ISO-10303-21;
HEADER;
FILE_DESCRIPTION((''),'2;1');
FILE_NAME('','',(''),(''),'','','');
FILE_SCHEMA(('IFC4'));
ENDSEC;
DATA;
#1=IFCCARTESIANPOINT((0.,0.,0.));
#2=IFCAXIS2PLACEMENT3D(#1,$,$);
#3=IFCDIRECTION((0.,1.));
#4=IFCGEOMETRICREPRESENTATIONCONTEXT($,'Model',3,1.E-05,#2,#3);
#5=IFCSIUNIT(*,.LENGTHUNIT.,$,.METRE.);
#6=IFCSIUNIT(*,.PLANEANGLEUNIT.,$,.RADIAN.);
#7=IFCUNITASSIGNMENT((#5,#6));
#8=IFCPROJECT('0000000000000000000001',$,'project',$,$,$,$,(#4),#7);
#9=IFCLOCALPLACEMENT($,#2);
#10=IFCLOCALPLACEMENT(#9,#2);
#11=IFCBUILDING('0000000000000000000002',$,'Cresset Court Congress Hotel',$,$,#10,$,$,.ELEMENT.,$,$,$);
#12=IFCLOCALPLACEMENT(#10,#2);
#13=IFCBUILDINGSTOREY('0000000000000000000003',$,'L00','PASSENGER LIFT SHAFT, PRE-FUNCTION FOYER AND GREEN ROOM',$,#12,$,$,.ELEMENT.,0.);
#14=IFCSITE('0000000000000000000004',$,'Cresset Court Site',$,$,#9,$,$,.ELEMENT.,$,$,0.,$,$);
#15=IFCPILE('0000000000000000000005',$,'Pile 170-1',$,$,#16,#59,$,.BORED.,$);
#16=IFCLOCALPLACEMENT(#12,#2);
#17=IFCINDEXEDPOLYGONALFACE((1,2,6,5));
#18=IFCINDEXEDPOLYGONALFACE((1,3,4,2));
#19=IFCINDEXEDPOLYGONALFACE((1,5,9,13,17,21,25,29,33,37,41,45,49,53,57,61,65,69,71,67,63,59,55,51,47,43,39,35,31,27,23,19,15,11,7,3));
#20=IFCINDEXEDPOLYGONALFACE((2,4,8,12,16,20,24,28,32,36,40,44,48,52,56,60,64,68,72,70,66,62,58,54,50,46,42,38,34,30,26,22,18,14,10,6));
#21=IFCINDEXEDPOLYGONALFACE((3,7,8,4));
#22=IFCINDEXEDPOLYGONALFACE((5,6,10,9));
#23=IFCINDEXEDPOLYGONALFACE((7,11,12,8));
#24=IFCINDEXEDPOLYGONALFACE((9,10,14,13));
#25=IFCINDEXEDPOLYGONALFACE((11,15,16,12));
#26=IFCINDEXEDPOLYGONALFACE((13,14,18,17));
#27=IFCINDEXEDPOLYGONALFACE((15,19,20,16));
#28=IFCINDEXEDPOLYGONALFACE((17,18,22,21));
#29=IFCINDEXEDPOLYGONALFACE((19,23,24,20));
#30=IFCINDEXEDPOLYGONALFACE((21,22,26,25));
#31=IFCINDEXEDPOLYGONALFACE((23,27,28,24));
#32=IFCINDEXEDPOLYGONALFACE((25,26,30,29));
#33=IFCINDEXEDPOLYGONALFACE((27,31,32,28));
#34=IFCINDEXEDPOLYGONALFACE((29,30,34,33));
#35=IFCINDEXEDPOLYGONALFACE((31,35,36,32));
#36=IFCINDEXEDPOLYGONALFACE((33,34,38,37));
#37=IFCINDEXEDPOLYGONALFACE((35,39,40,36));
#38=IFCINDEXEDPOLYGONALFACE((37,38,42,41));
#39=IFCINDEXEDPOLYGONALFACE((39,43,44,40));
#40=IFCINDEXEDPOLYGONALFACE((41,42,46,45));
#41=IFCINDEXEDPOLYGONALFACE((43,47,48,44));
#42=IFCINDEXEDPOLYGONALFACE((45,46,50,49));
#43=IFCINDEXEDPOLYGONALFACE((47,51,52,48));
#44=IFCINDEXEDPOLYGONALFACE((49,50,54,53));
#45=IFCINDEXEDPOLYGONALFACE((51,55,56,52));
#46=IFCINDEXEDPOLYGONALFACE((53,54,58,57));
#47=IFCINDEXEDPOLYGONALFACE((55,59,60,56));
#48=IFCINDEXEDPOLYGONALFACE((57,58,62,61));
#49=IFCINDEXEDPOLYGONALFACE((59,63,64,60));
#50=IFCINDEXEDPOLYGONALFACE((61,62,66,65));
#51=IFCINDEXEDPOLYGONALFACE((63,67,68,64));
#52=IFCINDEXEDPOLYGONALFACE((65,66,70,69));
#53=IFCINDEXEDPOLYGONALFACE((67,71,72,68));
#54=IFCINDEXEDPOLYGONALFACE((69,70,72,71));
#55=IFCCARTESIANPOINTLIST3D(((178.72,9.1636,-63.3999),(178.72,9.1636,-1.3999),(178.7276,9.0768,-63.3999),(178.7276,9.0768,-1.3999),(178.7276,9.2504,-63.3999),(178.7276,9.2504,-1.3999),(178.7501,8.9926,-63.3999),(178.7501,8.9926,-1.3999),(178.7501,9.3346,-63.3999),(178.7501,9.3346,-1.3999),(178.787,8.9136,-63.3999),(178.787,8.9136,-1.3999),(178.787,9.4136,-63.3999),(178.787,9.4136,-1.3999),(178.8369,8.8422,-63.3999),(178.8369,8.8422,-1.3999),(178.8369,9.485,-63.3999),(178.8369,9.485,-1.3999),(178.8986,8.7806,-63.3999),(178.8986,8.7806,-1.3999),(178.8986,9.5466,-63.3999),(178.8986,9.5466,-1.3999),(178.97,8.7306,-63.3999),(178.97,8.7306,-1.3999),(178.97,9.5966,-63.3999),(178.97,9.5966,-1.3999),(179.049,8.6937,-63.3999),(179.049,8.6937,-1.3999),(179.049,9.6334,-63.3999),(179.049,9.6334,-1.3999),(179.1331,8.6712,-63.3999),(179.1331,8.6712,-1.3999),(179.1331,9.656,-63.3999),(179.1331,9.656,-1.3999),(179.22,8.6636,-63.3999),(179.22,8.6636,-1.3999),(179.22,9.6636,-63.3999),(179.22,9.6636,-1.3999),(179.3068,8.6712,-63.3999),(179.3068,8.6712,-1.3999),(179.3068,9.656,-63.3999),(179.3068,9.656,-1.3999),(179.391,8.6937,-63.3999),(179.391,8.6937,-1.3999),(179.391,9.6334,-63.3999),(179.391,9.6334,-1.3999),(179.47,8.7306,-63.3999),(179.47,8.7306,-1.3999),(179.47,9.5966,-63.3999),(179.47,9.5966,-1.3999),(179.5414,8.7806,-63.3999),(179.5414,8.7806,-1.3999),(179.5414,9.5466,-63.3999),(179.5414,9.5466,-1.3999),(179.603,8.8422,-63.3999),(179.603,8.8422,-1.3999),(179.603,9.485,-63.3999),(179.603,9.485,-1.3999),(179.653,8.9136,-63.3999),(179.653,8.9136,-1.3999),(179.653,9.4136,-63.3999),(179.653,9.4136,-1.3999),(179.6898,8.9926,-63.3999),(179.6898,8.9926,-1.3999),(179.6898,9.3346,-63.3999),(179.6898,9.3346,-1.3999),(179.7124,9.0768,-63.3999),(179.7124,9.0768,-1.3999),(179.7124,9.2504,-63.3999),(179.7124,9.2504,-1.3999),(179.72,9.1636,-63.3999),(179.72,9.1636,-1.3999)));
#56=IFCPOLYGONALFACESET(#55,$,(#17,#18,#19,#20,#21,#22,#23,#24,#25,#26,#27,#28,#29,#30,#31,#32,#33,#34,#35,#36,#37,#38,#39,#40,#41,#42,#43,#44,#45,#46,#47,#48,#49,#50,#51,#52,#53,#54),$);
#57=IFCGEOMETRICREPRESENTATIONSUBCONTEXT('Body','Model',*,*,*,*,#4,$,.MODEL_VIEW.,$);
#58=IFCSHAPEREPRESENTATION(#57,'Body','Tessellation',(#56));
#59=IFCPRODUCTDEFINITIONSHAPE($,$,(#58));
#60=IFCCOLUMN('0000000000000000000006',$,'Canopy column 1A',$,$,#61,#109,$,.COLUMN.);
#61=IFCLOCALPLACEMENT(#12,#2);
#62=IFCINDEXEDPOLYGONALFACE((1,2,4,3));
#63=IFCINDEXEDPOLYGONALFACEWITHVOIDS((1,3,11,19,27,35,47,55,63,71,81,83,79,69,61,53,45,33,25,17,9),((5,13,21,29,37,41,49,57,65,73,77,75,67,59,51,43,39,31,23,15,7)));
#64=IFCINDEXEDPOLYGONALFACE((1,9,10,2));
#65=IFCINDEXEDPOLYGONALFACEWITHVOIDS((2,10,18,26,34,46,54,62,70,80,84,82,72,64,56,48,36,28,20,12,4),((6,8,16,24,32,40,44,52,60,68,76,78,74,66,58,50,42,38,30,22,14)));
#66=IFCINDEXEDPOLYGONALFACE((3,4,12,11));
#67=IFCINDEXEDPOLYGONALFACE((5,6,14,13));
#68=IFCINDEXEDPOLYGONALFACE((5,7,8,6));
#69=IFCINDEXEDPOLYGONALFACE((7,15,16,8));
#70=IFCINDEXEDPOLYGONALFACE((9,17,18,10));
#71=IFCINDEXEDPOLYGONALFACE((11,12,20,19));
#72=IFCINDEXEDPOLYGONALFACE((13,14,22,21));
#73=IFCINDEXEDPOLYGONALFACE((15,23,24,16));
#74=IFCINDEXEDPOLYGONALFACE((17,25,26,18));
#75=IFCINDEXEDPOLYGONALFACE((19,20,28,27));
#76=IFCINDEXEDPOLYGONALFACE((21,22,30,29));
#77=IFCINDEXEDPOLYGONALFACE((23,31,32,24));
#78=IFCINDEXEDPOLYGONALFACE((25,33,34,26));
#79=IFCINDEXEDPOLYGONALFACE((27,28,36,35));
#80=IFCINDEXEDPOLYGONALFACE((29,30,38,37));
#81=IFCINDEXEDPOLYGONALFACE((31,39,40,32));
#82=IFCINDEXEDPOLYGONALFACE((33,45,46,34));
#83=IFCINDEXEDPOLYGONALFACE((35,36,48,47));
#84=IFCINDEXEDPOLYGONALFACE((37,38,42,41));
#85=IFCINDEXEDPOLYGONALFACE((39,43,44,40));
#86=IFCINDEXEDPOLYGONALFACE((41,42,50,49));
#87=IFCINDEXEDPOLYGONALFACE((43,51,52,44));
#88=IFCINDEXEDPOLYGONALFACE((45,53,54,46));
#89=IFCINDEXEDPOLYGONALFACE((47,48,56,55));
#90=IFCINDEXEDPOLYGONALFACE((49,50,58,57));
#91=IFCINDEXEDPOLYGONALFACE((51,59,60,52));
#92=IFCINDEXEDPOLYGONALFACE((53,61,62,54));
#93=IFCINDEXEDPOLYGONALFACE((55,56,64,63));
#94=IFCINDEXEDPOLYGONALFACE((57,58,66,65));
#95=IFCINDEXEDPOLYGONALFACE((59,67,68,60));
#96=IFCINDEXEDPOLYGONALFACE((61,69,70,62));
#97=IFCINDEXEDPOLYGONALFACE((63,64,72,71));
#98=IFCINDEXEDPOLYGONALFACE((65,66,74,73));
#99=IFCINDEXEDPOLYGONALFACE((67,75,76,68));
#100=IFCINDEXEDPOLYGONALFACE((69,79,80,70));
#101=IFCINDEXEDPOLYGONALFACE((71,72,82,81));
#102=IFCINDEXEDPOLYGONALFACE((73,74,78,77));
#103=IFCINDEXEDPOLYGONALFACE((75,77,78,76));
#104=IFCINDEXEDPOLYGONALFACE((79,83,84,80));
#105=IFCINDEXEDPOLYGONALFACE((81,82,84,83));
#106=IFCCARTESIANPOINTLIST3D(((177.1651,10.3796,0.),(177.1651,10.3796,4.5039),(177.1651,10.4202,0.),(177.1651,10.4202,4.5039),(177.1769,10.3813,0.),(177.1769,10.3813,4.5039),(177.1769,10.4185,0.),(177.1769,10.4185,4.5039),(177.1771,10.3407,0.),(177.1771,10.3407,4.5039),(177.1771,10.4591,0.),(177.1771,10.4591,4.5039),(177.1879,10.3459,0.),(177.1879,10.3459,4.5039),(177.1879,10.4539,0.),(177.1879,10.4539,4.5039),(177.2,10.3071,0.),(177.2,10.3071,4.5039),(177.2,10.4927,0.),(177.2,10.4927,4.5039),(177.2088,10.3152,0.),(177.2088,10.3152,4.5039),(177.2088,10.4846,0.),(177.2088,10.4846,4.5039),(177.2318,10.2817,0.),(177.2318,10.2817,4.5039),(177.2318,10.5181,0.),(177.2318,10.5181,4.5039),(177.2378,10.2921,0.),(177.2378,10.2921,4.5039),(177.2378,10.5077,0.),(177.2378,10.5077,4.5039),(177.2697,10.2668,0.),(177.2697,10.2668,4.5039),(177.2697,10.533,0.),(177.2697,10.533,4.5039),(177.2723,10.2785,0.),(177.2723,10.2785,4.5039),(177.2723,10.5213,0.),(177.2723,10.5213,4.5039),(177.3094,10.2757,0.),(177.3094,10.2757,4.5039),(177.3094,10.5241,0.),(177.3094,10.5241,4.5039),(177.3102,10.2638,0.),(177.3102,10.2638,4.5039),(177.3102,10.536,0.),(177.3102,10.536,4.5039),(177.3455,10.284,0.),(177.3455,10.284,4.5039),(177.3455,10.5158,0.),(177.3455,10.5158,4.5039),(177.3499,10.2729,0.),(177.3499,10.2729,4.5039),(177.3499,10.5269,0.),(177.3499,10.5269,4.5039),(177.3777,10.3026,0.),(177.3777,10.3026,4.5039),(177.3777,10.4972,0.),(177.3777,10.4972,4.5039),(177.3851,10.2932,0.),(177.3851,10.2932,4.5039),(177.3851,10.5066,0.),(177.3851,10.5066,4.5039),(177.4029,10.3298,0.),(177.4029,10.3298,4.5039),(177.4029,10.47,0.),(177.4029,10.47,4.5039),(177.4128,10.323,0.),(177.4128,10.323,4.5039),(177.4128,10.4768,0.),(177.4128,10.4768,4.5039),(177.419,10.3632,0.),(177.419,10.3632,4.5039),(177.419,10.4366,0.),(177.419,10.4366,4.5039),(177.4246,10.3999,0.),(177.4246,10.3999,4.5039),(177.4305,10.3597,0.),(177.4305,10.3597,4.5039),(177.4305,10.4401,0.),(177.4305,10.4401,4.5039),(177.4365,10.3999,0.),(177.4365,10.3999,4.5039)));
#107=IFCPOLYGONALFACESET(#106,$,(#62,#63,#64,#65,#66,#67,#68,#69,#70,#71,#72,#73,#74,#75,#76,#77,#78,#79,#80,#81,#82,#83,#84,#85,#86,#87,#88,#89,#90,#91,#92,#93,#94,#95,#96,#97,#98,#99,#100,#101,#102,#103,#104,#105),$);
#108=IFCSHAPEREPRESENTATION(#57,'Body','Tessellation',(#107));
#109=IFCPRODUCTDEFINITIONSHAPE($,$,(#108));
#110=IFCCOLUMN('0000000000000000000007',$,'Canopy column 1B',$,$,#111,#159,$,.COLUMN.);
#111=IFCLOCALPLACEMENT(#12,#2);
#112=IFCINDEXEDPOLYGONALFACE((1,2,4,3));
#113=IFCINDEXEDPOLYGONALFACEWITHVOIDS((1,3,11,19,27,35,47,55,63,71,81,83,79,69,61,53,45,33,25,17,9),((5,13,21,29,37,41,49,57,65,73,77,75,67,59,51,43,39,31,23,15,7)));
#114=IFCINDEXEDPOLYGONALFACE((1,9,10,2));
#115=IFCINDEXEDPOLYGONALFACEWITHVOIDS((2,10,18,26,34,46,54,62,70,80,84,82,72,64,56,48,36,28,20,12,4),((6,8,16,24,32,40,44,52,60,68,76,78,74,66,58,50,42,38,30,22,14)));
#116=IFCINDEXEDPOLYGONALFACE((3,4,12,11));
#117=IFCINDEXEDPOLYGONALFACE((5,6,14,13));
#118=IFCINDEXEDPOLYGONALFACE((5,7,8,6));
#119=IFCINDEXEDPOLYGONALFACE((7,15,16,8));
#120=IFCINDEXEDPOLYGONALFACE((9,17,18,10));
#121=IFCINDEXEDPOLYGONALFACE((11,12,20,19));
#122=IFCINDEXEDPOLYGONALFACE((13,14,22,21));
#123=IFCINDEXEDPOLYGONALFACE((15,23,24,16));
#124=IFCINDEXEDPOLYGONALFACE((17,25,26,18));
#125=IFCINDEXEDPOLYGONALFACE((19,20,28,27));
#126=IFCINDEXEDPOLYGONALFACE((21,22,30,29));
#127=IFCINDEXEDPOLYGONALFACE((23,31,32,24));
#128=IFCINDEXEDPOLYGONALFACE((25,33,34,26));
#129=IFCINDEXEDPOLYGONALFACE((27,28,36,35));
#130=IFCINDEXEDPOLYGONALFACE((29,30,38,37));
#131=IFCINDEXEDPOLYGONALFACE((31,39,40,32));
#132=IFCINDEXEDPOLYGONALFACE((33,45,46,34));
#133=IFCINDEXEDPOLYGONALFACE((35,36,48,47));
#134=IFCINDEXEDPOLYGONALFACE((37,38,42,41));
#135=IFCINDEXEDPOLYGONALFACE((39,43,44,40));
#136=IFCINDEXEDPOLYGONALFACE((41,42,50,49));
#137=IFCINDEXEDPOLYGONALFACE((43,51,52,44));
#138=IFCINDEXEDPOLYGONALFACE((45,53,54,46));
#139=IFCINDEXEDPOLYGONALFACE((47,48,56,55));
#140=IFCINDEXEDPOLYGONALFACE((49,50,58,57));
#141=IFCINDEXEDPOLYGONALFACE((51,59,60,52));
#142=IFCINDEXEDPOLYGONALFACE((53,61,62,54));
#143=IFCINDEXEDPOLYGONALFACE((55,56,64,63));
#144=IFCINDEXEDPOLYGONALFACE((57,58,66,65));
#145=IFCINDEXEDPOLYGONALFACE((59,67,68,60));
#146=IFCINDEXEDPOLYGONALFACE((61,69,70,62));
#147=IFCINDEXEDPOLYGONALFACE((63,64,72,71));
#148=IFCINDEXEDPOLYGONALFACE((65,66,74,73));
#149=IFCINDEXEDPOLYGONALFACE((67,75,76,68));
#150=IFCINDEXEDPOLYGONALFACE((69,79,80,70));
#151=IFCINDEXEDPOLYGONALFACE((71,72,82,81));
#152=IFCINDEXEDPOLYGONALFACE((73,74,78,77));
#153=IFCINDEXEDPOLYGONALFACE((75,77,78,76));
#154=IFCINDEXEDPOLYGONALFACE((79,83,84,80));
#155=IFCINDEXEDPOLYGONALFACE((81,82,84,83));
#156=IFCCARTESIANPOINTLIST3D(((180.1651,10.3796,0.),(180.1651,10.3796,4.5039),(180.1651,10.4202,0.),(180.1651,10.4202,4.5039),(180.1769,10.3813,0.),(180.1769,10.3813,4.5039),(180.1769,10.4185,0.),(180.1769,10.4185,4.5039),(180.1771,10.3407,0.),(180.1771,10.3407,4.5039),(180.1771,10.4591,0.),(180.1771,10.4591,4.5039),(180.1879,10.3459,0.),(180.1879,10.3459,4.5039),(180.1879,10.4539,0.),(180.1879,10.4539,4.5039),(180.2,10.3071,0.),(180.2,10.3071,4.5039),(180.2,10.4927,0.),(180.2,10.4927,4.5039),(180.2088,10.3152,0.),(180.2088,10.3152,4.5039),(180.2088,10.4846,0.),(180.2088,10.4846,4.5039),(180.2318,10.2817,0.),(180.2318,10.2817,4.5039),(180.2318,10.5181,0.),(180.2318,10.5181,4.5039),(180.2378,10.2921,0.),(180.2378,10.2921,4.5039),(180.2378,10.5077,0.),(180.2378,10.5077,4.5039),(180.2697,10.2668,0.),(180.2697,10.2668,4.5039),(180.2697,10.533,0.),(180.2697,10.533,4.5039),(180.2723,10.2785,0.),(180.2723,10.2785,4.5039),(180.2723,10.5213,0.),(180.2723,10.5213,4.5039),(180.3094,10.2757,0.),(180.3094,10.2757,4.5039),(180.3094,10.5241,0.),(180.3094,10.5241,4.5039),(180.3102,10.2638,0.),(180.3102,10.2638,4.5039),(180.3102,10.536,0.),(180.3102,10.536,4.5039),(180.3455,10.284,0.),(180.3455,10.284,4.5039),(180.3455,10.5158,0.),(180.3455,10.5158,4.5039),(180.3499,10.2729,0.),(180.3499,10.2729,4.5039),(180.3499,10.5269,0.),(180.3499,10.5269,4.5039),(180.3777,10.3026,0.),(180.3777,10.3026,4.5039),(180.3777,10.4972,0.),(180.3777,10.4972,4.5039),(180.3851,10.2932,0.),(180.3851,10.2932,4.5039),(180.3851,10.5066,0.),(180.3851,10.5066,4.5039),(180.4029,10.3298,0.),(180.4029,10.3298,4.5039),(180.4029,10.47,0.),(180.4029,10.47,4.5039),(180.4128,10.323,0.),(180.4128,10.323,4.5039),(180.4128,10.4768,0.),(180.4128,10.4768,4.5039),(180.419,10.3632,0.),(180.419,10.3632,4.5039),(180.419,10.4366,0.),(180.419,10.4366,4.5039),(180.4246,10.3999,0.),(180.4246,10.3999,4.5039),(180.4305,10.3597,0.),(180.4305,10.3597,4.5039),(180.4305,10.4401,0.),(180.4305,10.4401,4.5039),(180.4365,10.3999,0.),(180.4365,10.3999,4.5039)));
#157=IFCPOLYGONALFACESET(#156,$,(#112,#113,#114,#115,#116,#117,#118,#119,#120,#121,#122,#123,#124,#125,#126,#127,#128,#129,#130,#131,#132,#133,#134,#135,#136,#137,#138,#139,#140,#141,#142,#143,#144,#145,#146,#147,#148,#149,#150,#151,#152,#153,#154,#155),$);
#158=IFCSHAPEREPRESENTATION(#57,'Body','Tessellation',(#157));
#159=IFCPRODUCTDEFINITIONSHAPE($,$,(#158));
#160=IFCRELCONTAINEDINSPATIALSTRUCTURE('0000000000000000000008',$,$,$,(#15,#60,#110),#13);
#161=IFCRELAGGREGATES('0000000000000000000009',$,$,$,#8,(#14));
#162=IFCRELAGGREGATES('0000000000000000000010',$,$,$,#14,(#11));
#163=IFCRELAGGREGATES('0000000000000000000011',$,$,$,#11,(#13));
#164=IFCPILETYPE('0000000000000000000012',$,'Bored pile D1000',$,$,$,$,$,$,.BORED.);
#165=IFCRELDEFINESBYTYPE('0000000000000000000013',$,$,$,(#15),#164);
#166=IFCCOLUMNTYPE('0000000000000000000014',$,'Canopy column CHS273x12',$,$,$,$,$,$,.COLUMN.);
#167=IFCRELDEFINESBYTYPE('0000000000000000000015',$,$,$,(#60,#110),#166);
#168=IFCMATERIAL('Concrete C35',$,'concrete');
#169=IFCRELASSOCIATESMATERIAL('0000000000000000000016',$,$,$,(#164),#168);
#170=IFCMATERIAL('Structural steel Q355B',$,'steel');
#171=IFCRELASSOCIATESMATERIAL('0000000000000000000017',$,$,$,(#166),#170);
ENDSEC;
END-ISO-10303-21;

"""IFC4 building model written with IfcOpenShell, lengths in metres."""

from ifc_helpers import new_model, si_unit, direction, frame, origin, origin_2d, place, context, subcontext, project, spatial, circle, hollow_circle, extrude, material, material_profile, profile_set, type_object, element, save


model = new_model("IFC4")

# Units and contexts
model_context = context("Model", 3, precision=1e-05, world=origin(), true_north=direction((0.0, 1.0)))
body_context = subcontext(model_context, "Body", "Model", "MODEL_VIEW")
ifc_project = project(units=[si_unit("LENGTHUNIT", "METRE"), si_unit("PLANEANGLEUNIT", "RADIAN")], contexts=[model_context])

# Site, building, storey
site_placement = place(None, origin())
site = spatial("IfcSite", under=ifc_project, at=site_placement, Name="Cresset Court Site", CompositionType="ELEMENT", RefElevation=0.0)
building_placement = place(site_placement, origin())
building = spatial("IfcBuilding", under=site, at=building_placement, Name="Cresset Court Congress Hotel", CompositionType="ELEMENT")
storey_placement = place(building_placement, origin())
storey = spatial("IfcBuildingStorey", under=building, at=storey_placement, Name="L00", Description="PASSENGER LIFT SHAFT, PRE-FUNCTION FOYER AND GREEN ROOM", CompositionType="ELEMENT", Elevation=0.0)

# Pile
ifc_material_1 = material(Name="Concrete C35", Category="concrete")
pile_type = type_object("IfcPileType", Name="Bored pile D1000", PredefinedType="BORED", material=ifc_material_1)
pile_placement = place(storey_placement, frame((179.22, 9.1636, -1.3999), z_axis=(0.0, 0.0, -1.0), x_axis=(1.0, 0.0, 0.0)))
element("IfcPile", 1, at=pile_placement, inside=storey, type_object=pile_type, Name="Pile 170-1", PredefinedType="BORED", context=body_context, shape_type="SweptSolid", body=[
    extrude(circle(Radius=0.5, at=origin_2d()), origin(), (0.0, 0.0, 1.0), 62.0),
])

# Columns
ifc_material_2 = material(Name="Structural steel Q355B", Category="steel")
ifc_material_profile_1 = material_profile(ifc_material_2, hollow_circle(Radius=0.1365, WallThickness=0.012, at=origin_2d()), Name="CHS273x12")
ifc_profile_set_1 = profile_set([ifc_material_profile_1], Name="Structural steel Q355B")
column_type = type_object("IfcColumnType", Name="Canopy column CHS273x12", PredefinedType="COLUMN", material=ifc_profile_set_1)
for number, where, z_axis, x_axis, name in (
    (2, (177.3, 10.3999, 0.0), (0.0, 0.0, 1.0), (1.0, 0.0, 0.0), "Canopy column 1A"),
    (3, (180.3, 10.3999, 0.0), (0.0, 0.0, 1.0), (1.0, 0.0, 0.0), "Canopy column 1B"),
):
    element("IfcColumn", number, at=place(storey_placement, frame(where, z_axis=z_axis, x_axis=x_axis)), inside=storey, type_object=column_type, Name=name, PredefinedType="COLUMN", context=body_context, shape_type="SweptSolid", body=[
        extrude(hollow_circle(Radius=0.1365, WallThickness=0.012, at=origin_2d()), origin(), (0.0, 0.0, 1.0), 4.5039),
    ])

save(model, "model.ifc")
